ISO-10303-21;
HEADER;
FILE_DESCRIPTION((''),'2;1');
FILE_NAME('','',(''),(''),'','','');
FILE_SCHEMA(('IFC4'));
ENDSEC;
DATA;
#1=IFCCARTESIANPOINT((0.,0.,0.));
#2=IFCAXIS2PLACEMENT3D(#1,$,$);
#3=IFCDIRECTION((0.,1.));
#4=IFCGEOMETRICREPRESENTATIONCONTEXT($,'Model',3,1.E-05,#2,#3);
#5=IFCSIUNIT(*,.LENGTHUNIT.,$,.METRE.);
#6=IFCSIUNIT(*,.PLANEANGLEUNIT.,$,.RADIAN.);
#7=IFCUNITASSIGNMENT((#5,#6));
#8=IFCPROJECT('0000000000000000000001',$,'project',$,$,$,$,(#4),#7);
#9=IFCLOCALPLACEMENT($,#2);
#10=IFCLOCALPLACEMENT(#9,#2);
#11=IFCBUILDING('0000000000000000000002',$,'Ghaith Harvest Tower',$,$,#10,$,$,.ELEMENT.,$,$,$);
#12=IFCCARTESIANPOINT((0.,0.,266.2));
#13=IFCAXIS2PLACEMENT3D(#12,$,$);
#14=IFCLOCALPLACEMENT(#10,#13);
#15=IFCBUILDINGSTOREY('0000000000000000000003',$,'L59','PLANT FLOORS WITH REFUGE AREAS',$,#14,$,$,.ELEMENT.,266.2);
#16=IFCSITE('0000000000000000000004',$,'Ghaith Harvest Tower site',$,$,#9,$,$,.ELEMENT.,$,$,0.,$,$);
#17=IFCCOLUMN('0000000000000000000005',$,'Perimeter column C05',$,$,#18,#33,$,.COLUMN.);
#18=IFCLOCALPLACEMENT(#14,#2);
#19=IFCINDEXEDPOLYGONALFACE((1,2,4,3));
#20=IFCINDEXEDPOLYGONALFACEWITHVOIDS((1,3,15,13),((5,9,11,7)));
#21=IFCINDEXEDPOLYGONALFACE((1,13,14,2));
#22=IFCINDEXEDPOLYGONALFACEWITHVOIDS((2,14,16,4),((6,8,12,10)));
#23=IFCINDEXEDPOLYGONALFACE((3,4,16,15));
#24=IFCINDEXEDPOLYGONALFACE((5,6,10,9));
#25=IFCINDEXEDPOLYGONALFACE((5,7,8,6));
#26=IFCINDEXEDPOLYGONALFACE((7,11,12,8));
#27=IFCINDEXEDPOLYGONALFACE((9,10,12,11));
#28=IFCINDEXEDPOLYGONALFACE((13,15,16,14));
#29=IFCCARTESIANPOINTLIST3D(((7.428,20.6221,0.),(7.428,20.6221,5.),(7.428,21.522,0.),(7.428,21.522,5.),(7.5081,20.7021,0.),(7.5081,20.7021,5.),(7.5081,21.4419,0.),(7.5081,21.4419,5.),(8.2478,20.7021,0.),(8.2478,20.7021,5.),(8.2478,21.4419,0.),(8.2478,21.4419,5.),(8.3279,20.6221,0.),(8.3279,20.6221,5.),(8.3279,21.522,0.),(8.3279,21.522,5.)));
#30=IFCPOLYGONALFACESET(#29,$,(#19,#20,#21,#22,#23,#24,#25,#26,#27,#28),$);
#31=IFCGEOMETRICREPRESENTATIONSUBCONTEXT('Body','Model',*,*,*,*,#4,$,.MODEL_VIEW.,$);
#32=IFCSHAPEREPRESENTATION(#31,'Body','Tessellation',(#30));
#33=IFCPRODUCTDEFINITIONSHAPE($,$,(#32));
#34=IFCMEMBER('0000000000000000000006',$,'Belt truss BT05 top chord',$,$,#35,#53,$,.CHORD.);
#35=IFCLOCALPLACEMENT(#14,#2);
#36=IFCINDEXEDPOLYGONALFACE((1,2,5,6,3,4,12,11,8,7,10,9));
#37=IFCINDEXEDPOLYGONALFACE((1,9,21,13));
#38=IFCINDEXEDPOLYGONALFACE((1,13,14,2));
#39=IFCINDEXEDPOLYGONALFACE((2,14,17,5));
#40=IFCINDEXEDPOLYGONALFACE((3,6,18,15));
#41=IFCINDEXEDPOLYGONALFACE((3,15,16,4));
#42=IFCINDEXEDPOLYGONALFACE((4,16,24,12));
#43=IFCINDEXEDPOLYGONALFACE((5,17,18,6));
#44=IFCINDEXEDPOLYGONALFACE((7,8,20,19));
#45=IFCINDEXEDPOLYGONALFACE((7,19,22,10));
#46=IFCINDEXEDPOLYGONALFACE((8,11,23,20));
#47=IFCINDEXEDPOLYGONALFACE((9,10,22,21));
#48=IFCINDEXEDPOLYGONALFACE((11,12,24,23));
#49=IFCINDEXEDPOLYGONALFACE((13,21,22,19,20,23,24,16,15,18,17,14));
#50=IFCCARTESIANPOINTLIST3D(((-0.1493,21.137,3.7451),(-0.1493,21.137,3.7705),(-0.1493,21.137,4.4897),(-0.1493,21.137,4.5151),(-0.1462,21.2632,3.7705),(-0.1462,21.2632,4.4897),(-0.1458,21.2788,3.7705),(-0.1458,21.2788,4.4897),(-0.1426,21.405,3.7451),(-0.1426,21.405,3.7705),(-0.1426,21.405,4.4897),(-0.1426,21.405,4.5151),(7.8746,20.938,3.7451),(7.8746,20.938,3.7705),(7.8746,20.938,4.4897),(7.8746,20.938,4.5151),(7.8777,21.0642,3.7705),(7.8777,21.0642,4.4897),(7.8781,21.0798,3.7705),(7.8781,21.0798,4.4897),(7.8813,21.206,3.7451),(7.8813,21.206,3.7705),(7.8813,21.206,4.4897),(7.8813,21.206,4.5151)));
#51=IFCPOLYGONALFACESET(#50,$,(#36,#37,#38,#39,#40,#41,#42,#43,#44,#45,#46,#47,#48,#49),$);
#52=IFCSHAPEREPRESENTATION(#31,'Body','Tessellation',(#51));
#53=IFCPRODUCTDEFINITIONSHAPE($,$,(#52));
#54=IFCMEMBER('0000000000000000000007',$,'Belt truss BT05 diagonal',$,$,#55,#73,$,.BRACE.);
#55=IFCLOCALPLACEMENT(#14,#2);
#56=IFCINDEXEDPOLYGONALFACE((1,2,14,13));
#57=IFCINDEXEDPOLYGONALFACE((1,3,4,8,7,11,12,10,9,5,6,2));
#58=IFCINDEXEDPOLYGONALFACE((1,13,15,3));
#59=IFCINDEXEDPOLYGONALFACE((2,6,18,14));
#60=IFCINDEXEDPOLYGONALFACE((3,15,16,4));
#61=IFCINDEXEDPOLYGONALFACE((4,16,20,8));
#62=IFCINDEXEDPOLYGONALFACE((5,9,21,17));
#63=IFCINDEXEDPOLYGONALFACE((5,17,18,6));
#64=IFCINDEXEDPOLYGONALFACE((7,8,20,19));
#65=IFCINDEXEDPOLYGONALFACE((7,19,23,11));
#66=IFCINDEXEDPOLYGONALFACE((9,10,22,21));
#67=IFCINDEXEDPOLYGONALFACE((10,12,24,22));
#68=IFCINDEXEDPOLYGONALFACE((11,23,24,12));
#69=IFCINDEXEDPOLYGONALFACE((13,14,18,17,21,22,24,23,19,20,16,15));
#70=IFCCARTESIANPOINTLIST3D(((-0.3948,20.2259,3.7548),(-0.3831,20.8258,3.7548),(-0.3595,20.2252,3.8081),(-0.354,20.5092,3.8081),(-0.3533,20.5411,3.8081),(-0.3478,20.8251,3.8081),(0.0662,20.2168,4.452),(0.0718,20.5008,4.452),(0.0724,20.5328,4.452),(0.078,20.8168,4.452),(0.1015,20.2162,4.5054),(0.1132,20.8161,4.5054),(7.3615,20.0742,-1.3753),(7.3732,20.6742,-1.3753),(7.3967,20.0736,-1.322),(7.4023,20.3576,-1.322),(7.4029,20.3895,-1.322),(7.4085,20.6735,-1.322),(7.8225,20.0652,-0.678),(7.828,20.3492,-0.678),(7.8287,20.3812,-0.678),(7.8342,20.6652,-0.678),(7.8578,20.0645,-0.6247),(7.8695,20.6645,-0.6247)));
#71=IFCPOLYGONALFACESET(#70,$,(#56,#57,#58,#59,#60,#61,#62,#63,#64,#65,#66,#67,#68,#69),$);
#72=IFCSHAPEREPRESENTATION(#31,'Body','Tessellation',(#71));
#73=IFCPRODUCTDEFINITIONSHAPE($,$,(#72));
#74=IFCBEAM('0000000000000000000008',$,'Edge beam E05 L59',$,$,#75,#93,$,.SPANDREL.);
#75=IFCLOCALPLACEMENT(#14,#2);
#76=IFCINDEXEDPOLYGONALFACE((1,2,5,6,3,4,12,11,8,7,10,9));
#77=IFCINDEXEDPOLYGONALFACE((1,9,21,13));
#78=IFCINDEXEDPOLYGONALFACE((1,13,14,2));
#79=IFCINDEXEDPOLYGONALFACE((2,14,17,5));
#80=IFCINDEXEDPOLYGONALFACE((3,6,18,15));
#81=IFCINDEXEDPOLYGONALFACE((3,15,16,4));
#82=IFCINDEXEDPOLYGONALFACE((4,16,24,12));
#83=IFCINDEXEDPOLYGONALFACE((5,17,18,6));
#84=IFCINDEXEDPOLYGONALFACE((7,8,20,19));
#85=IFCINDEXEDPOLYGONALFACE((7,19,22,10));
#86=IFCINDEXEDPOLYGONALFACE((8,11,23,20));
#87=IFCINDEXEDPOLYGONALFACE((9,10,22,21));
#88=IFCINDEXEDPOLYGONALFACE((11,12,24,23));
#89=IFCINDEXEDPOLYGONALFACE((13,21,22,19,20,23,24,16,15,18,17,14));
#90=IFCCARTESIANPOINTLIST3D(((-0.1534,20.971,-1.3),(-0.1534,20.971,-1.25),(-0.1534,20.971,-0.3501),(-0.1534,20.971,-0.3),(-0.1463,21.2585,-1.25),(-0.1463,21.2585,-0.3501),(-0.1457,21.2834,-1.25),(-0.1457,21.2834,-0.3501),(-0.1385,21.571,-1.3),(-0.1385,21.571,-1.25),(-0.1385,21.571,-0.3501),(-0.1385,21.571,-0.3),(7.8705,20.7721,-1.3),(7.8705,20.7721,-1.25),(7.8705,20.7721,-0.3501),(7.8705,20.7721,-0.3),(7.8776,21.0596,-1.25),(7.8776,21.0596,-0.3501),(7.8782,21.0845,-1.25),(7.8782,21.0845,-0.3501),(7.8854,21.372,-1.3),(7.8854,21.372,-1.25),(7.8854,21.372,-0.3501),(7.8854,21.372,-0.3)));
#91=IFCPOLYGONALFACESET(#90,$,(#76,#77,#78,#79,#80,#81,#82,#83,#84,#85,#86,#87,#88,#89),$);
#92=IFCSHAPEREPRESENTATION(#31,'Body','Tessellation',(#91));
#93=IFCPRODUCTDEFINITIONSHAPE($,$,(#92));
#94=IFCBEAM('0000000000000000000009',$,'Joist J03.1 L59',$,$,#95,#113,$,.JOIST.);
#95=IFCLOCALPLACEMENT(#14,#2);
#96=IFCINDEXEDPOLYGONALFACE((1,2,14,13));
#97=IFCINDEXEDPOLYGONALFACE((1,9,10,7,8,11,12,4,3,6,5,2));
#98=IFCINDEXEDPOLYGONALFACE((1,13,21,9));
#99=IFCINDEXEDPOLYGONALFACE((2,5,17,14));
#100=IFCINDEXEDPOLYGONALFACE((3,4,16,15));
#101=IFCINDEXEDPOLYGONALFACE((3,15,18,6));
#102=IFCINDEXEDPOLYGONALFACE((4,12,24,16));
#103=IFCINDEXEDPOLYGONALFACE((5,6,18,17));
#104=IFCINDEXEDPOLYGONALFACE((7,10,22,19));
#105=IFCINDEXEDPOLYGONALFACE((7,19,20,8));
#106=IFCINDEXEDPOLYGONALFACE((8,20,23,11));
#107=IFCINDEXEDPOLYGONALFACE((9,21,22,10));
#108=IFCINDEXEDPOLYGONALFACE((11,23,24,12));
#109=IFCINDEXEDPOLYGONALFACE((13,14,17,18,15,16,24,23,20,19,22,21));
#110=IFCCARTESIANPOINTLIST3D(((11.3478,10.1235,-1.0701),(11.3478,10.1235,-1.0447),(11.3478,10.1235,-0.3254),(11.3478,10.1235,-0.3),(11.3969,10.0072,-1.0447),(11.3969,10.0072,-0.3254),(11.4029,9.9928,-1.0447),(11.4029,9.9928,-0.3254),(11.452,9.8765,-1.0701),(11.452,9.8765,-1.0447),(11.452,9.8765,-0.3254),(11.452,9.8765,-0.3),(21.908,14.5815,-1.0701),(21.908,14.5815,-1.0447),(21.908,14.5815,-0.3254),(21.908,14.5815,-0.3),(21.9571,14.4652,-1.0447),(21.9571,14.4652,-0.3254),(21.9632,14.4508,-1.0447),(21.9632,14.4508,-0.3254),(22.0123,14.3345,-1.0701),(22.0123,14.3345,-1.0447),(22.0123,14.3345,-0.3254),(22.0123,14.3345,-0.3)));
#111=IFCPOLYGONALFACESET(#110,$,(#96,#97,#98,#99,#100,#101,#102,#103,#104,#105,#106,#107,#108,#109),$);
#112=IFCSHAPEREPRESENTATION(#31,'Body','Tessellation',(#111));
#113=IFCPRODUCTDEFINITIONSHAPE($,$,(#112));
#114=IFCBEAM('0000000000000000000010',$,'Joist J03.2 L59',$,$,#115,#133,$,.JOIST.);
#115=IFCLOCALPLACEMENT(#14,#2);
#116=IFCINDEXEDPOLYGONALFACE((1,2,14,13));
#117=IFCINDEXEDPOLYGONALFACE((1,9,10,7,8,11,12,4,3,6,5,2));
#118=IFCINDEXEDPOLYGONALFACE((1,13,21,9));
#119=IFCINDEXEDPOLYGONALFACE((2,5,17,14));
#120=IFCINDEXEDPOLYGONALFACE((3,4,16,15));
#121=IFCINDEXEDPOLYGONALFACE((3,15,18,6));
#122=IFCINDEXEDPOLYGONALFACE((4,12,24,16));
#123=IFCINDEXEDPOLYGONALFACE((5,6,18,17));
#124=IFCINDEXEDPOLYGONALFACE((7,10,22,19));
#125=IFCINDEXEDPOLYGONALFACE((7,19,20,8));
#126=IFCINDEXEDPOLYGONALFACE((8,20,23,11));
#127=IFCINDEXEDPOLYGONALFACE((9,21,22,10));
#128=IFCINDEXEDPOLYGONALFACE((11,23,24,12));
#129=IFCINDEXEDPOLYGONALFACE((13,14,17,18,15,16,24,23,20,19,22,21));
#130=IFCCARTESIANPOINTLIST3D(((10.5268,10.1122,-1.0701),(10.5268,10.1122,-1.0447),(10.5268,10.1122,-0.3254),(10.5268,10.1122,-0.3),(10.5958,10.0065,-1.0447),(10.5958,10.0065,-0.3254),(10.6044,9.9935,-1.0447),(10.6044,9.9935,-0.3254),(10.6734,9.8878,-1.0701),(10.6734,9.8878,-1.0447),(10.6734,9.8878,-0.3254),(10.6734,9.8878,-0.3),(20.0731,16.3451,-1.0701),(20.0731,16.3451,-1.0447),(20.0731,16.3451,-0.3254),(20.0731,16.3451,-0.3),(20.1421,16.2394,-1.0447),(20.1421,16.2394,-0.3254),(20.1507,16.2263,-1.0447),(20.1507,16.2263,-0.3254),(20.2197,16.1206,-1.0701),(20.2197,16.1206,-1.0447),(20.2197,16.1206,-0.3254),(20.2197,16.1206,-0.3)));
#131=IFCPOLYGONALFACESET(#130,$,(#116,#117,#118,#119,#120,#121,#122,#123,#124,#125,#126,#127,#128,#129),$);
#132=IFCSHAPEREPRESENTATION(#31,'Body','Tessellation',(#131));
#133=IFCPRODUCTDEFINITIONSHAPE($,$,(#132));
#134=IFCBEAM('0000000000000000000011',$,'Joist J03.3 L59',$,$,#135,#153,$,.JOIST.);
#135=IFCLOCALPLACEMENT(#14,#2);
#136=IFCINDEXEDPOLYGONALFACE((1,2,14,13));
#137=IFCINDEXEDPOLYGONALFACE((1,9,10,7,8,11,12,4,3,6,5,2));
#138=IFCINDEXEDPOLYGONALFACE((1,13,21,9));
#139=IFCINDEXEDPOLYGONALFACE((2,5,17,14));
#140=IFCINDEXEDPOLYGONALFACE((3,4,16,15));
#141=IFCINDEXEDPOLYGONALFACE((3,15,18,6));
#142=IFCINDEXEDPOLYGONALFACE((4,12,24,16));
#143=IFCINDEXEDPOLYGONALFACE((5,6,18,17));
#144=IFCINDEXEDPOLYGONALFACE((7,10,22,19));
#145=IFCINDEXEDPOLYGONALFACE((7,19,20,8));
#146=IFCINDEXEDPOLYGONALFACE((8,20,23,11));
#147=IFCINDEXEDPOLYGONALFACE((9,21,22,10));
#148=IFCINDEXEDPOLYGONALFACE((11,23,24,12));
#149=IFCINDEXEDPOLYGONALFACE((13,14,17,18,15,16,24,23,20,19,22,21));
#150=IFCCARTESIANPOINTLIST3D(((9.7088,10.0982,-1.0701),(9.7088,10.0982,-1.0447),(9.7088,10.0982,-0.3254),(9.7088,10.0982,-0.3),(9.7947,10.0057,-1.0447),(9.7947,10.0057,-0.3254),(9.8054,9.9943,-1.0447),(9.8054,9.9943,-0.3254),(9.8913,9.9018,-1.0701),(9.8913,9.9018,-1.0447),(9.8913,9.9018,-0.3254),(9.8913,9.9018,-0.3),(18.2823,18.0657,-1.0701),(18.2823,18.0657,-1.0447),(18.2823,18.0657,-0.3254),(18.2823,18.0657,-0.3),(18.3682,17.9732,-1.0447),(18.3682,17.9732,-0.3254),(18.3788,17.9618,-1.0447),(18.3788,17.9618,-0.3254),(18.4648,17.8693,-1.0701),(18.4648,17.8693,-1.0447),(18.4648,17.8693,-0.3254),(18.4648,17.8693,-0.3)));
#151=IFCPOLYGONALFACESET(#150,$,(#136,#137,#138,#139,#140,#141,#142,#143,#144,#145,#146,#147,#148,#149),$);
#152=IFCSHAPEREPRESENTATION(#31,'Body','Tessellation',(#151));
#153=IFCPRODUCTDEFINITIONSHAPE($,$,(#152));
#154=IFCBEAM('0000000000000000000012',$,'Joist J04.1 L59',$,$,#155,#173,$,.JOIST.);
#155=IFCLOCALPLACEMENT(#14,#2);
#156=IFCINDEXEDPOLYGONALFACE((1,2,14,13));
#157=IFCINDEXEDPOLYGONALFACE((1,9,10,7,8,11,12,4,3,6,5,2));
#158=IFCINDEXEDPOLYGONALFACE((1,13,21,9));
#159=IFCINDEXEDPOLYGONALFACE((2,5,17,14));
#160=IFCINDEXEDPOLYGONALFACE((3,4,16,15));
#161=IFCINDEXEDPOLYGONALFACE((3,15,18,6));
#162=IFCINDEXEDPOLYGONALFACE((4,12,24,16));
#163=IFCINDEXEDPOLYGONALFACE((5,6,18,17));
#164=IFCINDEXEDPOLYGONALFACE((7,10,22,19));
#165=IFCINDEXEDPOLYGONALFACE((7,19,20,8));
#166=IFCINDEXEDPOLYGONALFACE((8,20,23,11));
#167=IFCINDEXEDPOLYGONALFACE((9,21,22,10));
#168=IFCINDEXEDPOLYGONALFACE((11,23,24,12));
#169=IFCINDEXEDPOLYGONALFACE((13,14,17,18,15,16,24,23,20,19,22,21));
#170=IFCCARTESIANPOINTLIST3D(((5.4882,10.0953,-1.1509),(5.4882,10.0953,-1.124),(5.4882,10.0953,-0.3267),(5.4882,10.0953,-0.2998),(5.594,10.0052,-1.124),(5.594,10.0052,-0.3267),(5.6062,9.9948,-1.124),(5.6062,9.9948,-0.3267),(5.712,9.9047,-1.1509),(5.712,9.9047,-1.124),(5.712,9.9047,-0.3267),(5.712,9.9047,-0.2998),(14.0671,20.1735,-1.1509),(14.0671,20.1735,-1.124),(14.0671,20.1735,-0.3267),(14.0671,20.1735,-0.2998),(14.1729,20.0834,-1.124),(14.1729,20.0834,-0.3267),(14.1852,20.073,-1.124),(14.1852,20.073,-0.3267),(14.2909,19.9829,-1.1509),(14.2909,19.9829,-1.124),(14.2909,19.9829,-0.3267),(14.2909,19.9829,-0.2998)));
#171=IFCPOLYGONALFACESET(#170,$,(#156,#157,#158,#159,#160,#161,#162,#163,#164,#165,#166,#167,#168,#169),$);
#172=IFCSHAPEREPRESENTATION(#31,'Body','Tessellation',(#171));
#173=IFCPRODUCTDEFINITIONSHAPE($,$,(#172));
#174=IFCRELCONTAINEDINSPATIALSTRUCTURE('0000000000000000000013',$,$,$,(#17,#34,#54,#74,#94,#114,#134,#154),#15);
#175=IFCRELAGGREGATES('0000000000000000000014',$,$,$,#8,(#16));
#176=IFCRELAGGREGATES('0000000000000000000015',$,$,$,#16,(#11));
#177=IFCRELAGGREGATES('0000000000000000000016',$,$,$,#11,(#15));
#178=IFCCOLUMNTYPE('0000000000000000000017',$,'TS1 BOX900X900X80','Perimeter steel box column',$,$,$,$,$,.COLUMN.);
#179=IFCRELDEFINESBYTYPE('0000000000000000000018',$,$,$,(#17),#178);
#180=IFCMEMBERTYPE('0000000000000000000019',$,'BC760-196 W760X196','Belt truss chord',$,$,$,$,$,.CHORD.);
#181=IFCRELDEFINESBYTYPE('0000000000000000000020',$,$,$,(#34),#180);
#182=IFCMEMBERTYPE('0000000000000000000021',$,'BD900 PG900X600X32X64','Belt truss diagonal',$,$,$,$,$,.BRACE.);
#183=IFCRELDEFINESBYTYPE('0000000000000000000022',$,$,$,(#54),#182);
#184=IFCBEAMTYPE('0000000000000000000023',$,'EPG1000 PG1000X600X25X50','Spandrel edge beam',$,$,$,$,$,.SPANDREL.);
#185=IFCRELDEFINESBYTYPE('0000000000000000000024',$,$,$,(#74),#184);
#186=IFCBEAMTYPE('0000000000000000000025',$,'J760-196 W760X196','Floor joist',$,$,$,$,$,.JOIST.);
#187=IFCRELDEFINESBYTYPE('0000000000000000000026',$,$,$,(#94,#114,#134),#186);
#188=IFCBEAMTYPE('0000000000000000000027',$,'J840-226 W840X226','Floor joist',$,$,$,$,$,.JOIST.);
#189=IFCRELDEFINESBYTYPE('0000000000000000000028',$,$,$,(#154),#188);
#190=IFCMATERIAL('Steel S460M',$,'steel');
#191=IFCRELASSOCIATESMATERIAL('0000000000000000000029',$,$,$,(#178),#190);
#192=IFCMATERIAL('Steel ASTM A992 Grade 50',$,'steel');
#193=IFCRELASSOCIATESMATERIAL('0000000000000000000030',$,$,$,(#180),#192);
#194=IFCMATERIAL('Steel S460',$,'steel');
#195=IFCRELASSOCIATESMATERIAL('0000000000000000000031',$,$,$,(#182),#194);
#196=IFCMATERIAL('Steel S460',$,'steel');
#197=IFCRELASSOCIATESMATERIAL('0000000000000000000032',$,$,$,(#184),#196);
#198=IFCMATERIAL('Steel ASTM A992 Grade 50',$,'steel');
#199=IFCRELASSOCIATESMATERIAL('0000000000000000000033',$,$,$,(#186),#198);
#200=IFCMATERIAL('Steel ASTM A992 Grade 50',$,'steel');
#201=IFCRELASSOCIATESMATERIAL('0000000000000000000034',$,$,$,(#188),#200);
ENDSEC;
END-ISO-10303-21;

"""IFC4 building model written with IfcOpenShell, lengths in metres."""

from ifc_helpers import new_model, si_unit, direction, frame, origin, origin_2d, place, context, subcontext, project, spatial, hollow_rectangle, i_section, extrude, material, material_profile, profile_set, type_object, element, save


model = new_model("IFC4")

# Units and contexts
model_context = context("Model", 3, precision=1e-05, world=origin(), true_north=direction((0.0, 1.0)))
body_context = subcontext(model_context, "Body", "Model", "MODEL_VIEW")
ifc_project = project(units=[si_unit("LENGTHUNIT", "METRE"), si_unit("PLANEANGLEUNIT", "RADIAN")], contexts=[model_context])

# Site, building, storey
site_placement = place(None, origin())
site = spatial("IfcSite", under=ifc_project, at=site_placement, Name="Ghaith Harvest Tower site", CompositionType="ELEMENT", RefElevation=0.0)
building_placement = place(site_placement, origin())
building = spatial("IfcBuilding", under=site, at=building_placement, Name="Ghaith Harvest Tower", CompositionType="ELEMENT")
storey_placement = place(building_placement, frame((0.0, 0.0, 266.2)))
storey = spatial("IfcBuildingStorey", under=building, at=storey_placement, Name="L59", Description="PLANT FLOORS WITH REFUGE AREAS", CompositionType="ELEMENT", Elevation=266.2)

# Column
ifc_material_1 = material(Name="Steel S460M", Category="steel")
ifc_material_profile_1 = material_profile(ifc_material_1, hollow_rectangle(XDim=0.8999, YDim=0.8999, WallThickness=0.0801, at=origin_2d()), Name="BOX900X900X80")
ifc_profile_set_1 = profile_set([ifc_material_profile_1], Name="Steel S460M")
column_type = type_object("IfcColumnType", Name="TS1 BOX900X900X80", Description="Perimeter steel box column", PredefinedType="COLUMN", material=ifc_profile_set_1)
column_placement = place(storey_placement, frame((7.8779, 21.072, 0.0), z_axis=(0.0, 0.0, 1.0), x_axis=(1.0, 0.0, 0.0)))
element("IfcColumn", 1, at=column_placement, inside=storey, type_object=column_type, Name="Perimeter column C05", PredefinedType="COLUMN", context=body_context, shape_type="SweptSolid", body=[
    extrude(hollow_rectangle(XDim=0.8999, YDim=0.8999, WallThickness=0.0801, at=origin_2d()), origin(), (0.0, 0.0, 1.0), 5.0),
])

# Members
ifc_material_2 = material(Name="Steel ASTM A992 Grade 50", Category="steel")
ifc_material_profile_2 = material_profile(ifc_material_2, i_section(OverallWidth=0.2681, OverallDepth=0.77, WebThickness=0.0156, FlangeThickness=0.0254, at=origin_2d()), Name="W760X196")
ifc_profile_set_2 = profile_set([ifc_material_profile_2], Name="Steel ASTM A992 Grade 50")
member_type_1 = type_object("IfcMemberType", Name="BC760-196 W760X196", Description="Belt truss chord", PredefinedType="CHORD", material=ifc_profile_set_2)
member_1_placement = place(storey_placement, frame((7.8779, 21.072, 4.1301), z_axis=(-0.999693, 0.02479, 0.0), x_axis=(-0.02479, -0.999693, 0.0)))
element("IfcMember", 2, at=member_1_placement, inside=storey, type_object=member_type_1, Name="Belt truss BT05 top chord", PredefinedType="CHORD", context=body_context, shape_type="SweptSolid", body=[
    extrude(i_section(OverallWidth=0.2681, OverallDepth=0.77, WebThickness=0.0156, FlangeThickness=0.0254, at=origin_2d()), origin(), (0.0, 0.0, 1.0), 8.0264),
])
ifc_material_3 = material(Name="Steel S460", Category="steel")
ifc_material_profile_3 = material_profile(ifc_material_3, i_section(OverallWidth=0.6001, OverallDepth=0.8999, WebThickness=0.032, FlangeThickness=0.064, at=origin_2d()), Name="PG900X600X32X64")
ifc_profile_set_3 = profile_set([ifc_material_profile_3], Name="Steel S460")
member_type_2 = type_object("IfcMemberType", Name="BD900 PG900X600X32X64", Description="Belt truss diagonal", PredefinedType="BRACE", material=ifc_profile_set_3)
member_2_placement = place(storey_placement, frame((7.6155, 20.3694, -1.0), z_axis=(-0.833957, 0.016301, 0.551588), x_axis=(-0.019543, -0.999809, 0.0)))
element("IfcMember", 3, at=member_2_placement, inside=storey, type_object=member_type_2, Name="Belt truss BT05 diagonal", PredefinedType="BRACE", context=body_context, shape_type="SweptSolid", body=[
    extrude(i_section(OverallWidth=0.6001, OverallDepth=0.8999, WebThickness=0.032, FlangeThickness=0.064, at=origin_2d()), origin(), (0.0, 0.0, 1.0), 9.3005),
])

# Beams
ifc_material_4 = material(Name="Steel S460", Category="steel")
ifc_material_profile_4 = material_profile(ifc_material_4, i_section(OverallWidth=0.6001, OverallDepth=1.0, WebThickness=0.0249, FlangeThickness=0.05, at=origin_2d()), Name="PG1000X600X25X50")
ifc_profile_set_4 = profile_set([ifc_material_profile_4], Name="Steel S460")
beam_type_1 = type_object("IfcBeamType", Name="EPG1000 PG1000X600X25X50", Description="Spandrel edge beam", PredefinedType="SPANDREL", material=ifc_profile_set_4)
beam_1_placement = place(storey_placement, frame((7.8779, 21.072, -0.8), z_axis=(-0.999693, 0.02479, 0.0), x_axis=(-0.02479, -0.999693, 0.0)))
element("IfcBeam", 4, at=beam_1_placement, inside=storey, type_object=beam_type_1, Name="Edge beam E05 L59", PredefinedType="SPANDREL", context=body_context, shape_type="SweptSolid", body=[
    extrude(i_section(OverallWidth=0.6001, OverallDepth=1.0, WebThickness=0.0249, FlangeThickness=0.05, at=origin_2d()), origin(), (0.0, 0.0, 1.0), 8.0264),
])
ifc_material_5 = material(Name="Steel ASTM A992 Grade 50", Category="steel")
ifc_material_profile_5 = material_profile(ifc_material_5, i_section(OverallWidth=0.2681, OverallDepth=0.77, WebThickness=0.0156, FlangeThickness=0.0254, at=origin_2d()), Name="W760X196")
ifc_profile_set_5 = profile_set([ifc_material_profile_5], Name="Steel ASTM A992 Grade 50")
beam_type_2 = type_object("IfcBeamType", Name="J760-196 W760X196", Description="Floor joist", PredefinedType="JOIST", material=ifc_profile_set_5)
beam_2_placement = place(storey_placement, frame((11.3999, 10.0, -0.6851), z_axis=(0.921274, 0.388914, 0.0), x_axis=(-0.388914, 0.921274, 0.0)))
element("IfcBeam", 5, at=beam_2_placement, inside=storey, type_object=beam_type_2, Name="Joist J03.1 L59", PredefinedType="JOIST", context=body_context, shape_type="SweptSolid", body=[
    extrude(i_section(OverallWidth=0.2681, OverallDepth=0.77, WebThickness=0.0156, FlangeThickness=0.0254, at=origin_2d()), origin(), (0.0, 0.0, 1.0), 11.4626),
])
beam_3_placement = place(storey_placement, frame((10.6001, 10.0, -0.6851), z_axis=(0.837329, 0.546699, 0.0), x_axis=(-0.546699, 0.837329, 0.0)))
element("IfcBeam", 6, at=beam_3_placement, inside=storey, type_object=beam_type_2, Name="Joist J03.2 L59", PredefinedType="JOIST", context=body_context, shape_type="SweptSolid", body=[
    extrude(i_section(OverallWidth=0.2681, OverallDepth=0.77, WebThickness=0.0156, FlangeThickness=0.0254, at=origin_2d()), origin(), (0.0, 0.0, 1.0), 11.4009),
])
beam_4_placement = place(storey_placement, frame((9.8, 10.0, -0.6851), z_axis=(0.732519, 0.680746, 0.0), x_axis=(-0.680746, 0.732519, 0.0)))
element("IfcBeam", 7, at=beam_4_placement, inside=storey, type_object=beam_type_2, Name="Joist J03.3 L59", PredefinedType="JOIST", context=body_context, shape_type="SweptSolid", body=[
    extrude(i_section(OverallWidth=0.2681, OverallDepth=0.77, WebThickness=0.0156, FlangeThickness=0.0254, at=origin_2d()), origin(), (0.0, 0.0, 1.0), 11.7041),
])
ifc_material_6 = material(Name="Steel ASTM A992 Grade 50", Category="steel")
ifc_material_profile_6 = material_profile(ifc_material_6, i_section(OverallWidth=0.2939, OverallDepth=0.8511, WebThickness=0.0161, FlangeThickness=0.0269, at=origin_2d()), Name="W840X226")
ifc_profile_set_6 = profile_set([ifc_material_profile_6], Name="Steel ASTM A992 Grade 50")
beam_type_3 = type_object("IfcBeamType", Name="J840-226 W840X226", Description="Floor joist", PredefinedType="JOIST", material=ifc_profile_set_6)
beam_5_placement = place(storey_placement, frame((5.6001, 10.0, -0.7253), z_axis=(0.648194, 0.761475, 0.0), x_axis=(-0.761475, 0.648194, 0.0)))
element("IfcBeam", 8, at=beam_5_placement, inside=storey, type_object=beam_type_3, Name="Joist J04.1 L59", PredefinedType="JOIST", context=body_context, shape_type="SweptSolid", body=[
    extrude(i_section(OverallWidth=0.2939, OverallDepth=0.8511, WebThickness=0.0161, FlangeThickness=0.0269, at=origin_2d()), origin(), (0.0, 0.0, 1.0), 13.2351),
])

save(model, "model.ifc")
